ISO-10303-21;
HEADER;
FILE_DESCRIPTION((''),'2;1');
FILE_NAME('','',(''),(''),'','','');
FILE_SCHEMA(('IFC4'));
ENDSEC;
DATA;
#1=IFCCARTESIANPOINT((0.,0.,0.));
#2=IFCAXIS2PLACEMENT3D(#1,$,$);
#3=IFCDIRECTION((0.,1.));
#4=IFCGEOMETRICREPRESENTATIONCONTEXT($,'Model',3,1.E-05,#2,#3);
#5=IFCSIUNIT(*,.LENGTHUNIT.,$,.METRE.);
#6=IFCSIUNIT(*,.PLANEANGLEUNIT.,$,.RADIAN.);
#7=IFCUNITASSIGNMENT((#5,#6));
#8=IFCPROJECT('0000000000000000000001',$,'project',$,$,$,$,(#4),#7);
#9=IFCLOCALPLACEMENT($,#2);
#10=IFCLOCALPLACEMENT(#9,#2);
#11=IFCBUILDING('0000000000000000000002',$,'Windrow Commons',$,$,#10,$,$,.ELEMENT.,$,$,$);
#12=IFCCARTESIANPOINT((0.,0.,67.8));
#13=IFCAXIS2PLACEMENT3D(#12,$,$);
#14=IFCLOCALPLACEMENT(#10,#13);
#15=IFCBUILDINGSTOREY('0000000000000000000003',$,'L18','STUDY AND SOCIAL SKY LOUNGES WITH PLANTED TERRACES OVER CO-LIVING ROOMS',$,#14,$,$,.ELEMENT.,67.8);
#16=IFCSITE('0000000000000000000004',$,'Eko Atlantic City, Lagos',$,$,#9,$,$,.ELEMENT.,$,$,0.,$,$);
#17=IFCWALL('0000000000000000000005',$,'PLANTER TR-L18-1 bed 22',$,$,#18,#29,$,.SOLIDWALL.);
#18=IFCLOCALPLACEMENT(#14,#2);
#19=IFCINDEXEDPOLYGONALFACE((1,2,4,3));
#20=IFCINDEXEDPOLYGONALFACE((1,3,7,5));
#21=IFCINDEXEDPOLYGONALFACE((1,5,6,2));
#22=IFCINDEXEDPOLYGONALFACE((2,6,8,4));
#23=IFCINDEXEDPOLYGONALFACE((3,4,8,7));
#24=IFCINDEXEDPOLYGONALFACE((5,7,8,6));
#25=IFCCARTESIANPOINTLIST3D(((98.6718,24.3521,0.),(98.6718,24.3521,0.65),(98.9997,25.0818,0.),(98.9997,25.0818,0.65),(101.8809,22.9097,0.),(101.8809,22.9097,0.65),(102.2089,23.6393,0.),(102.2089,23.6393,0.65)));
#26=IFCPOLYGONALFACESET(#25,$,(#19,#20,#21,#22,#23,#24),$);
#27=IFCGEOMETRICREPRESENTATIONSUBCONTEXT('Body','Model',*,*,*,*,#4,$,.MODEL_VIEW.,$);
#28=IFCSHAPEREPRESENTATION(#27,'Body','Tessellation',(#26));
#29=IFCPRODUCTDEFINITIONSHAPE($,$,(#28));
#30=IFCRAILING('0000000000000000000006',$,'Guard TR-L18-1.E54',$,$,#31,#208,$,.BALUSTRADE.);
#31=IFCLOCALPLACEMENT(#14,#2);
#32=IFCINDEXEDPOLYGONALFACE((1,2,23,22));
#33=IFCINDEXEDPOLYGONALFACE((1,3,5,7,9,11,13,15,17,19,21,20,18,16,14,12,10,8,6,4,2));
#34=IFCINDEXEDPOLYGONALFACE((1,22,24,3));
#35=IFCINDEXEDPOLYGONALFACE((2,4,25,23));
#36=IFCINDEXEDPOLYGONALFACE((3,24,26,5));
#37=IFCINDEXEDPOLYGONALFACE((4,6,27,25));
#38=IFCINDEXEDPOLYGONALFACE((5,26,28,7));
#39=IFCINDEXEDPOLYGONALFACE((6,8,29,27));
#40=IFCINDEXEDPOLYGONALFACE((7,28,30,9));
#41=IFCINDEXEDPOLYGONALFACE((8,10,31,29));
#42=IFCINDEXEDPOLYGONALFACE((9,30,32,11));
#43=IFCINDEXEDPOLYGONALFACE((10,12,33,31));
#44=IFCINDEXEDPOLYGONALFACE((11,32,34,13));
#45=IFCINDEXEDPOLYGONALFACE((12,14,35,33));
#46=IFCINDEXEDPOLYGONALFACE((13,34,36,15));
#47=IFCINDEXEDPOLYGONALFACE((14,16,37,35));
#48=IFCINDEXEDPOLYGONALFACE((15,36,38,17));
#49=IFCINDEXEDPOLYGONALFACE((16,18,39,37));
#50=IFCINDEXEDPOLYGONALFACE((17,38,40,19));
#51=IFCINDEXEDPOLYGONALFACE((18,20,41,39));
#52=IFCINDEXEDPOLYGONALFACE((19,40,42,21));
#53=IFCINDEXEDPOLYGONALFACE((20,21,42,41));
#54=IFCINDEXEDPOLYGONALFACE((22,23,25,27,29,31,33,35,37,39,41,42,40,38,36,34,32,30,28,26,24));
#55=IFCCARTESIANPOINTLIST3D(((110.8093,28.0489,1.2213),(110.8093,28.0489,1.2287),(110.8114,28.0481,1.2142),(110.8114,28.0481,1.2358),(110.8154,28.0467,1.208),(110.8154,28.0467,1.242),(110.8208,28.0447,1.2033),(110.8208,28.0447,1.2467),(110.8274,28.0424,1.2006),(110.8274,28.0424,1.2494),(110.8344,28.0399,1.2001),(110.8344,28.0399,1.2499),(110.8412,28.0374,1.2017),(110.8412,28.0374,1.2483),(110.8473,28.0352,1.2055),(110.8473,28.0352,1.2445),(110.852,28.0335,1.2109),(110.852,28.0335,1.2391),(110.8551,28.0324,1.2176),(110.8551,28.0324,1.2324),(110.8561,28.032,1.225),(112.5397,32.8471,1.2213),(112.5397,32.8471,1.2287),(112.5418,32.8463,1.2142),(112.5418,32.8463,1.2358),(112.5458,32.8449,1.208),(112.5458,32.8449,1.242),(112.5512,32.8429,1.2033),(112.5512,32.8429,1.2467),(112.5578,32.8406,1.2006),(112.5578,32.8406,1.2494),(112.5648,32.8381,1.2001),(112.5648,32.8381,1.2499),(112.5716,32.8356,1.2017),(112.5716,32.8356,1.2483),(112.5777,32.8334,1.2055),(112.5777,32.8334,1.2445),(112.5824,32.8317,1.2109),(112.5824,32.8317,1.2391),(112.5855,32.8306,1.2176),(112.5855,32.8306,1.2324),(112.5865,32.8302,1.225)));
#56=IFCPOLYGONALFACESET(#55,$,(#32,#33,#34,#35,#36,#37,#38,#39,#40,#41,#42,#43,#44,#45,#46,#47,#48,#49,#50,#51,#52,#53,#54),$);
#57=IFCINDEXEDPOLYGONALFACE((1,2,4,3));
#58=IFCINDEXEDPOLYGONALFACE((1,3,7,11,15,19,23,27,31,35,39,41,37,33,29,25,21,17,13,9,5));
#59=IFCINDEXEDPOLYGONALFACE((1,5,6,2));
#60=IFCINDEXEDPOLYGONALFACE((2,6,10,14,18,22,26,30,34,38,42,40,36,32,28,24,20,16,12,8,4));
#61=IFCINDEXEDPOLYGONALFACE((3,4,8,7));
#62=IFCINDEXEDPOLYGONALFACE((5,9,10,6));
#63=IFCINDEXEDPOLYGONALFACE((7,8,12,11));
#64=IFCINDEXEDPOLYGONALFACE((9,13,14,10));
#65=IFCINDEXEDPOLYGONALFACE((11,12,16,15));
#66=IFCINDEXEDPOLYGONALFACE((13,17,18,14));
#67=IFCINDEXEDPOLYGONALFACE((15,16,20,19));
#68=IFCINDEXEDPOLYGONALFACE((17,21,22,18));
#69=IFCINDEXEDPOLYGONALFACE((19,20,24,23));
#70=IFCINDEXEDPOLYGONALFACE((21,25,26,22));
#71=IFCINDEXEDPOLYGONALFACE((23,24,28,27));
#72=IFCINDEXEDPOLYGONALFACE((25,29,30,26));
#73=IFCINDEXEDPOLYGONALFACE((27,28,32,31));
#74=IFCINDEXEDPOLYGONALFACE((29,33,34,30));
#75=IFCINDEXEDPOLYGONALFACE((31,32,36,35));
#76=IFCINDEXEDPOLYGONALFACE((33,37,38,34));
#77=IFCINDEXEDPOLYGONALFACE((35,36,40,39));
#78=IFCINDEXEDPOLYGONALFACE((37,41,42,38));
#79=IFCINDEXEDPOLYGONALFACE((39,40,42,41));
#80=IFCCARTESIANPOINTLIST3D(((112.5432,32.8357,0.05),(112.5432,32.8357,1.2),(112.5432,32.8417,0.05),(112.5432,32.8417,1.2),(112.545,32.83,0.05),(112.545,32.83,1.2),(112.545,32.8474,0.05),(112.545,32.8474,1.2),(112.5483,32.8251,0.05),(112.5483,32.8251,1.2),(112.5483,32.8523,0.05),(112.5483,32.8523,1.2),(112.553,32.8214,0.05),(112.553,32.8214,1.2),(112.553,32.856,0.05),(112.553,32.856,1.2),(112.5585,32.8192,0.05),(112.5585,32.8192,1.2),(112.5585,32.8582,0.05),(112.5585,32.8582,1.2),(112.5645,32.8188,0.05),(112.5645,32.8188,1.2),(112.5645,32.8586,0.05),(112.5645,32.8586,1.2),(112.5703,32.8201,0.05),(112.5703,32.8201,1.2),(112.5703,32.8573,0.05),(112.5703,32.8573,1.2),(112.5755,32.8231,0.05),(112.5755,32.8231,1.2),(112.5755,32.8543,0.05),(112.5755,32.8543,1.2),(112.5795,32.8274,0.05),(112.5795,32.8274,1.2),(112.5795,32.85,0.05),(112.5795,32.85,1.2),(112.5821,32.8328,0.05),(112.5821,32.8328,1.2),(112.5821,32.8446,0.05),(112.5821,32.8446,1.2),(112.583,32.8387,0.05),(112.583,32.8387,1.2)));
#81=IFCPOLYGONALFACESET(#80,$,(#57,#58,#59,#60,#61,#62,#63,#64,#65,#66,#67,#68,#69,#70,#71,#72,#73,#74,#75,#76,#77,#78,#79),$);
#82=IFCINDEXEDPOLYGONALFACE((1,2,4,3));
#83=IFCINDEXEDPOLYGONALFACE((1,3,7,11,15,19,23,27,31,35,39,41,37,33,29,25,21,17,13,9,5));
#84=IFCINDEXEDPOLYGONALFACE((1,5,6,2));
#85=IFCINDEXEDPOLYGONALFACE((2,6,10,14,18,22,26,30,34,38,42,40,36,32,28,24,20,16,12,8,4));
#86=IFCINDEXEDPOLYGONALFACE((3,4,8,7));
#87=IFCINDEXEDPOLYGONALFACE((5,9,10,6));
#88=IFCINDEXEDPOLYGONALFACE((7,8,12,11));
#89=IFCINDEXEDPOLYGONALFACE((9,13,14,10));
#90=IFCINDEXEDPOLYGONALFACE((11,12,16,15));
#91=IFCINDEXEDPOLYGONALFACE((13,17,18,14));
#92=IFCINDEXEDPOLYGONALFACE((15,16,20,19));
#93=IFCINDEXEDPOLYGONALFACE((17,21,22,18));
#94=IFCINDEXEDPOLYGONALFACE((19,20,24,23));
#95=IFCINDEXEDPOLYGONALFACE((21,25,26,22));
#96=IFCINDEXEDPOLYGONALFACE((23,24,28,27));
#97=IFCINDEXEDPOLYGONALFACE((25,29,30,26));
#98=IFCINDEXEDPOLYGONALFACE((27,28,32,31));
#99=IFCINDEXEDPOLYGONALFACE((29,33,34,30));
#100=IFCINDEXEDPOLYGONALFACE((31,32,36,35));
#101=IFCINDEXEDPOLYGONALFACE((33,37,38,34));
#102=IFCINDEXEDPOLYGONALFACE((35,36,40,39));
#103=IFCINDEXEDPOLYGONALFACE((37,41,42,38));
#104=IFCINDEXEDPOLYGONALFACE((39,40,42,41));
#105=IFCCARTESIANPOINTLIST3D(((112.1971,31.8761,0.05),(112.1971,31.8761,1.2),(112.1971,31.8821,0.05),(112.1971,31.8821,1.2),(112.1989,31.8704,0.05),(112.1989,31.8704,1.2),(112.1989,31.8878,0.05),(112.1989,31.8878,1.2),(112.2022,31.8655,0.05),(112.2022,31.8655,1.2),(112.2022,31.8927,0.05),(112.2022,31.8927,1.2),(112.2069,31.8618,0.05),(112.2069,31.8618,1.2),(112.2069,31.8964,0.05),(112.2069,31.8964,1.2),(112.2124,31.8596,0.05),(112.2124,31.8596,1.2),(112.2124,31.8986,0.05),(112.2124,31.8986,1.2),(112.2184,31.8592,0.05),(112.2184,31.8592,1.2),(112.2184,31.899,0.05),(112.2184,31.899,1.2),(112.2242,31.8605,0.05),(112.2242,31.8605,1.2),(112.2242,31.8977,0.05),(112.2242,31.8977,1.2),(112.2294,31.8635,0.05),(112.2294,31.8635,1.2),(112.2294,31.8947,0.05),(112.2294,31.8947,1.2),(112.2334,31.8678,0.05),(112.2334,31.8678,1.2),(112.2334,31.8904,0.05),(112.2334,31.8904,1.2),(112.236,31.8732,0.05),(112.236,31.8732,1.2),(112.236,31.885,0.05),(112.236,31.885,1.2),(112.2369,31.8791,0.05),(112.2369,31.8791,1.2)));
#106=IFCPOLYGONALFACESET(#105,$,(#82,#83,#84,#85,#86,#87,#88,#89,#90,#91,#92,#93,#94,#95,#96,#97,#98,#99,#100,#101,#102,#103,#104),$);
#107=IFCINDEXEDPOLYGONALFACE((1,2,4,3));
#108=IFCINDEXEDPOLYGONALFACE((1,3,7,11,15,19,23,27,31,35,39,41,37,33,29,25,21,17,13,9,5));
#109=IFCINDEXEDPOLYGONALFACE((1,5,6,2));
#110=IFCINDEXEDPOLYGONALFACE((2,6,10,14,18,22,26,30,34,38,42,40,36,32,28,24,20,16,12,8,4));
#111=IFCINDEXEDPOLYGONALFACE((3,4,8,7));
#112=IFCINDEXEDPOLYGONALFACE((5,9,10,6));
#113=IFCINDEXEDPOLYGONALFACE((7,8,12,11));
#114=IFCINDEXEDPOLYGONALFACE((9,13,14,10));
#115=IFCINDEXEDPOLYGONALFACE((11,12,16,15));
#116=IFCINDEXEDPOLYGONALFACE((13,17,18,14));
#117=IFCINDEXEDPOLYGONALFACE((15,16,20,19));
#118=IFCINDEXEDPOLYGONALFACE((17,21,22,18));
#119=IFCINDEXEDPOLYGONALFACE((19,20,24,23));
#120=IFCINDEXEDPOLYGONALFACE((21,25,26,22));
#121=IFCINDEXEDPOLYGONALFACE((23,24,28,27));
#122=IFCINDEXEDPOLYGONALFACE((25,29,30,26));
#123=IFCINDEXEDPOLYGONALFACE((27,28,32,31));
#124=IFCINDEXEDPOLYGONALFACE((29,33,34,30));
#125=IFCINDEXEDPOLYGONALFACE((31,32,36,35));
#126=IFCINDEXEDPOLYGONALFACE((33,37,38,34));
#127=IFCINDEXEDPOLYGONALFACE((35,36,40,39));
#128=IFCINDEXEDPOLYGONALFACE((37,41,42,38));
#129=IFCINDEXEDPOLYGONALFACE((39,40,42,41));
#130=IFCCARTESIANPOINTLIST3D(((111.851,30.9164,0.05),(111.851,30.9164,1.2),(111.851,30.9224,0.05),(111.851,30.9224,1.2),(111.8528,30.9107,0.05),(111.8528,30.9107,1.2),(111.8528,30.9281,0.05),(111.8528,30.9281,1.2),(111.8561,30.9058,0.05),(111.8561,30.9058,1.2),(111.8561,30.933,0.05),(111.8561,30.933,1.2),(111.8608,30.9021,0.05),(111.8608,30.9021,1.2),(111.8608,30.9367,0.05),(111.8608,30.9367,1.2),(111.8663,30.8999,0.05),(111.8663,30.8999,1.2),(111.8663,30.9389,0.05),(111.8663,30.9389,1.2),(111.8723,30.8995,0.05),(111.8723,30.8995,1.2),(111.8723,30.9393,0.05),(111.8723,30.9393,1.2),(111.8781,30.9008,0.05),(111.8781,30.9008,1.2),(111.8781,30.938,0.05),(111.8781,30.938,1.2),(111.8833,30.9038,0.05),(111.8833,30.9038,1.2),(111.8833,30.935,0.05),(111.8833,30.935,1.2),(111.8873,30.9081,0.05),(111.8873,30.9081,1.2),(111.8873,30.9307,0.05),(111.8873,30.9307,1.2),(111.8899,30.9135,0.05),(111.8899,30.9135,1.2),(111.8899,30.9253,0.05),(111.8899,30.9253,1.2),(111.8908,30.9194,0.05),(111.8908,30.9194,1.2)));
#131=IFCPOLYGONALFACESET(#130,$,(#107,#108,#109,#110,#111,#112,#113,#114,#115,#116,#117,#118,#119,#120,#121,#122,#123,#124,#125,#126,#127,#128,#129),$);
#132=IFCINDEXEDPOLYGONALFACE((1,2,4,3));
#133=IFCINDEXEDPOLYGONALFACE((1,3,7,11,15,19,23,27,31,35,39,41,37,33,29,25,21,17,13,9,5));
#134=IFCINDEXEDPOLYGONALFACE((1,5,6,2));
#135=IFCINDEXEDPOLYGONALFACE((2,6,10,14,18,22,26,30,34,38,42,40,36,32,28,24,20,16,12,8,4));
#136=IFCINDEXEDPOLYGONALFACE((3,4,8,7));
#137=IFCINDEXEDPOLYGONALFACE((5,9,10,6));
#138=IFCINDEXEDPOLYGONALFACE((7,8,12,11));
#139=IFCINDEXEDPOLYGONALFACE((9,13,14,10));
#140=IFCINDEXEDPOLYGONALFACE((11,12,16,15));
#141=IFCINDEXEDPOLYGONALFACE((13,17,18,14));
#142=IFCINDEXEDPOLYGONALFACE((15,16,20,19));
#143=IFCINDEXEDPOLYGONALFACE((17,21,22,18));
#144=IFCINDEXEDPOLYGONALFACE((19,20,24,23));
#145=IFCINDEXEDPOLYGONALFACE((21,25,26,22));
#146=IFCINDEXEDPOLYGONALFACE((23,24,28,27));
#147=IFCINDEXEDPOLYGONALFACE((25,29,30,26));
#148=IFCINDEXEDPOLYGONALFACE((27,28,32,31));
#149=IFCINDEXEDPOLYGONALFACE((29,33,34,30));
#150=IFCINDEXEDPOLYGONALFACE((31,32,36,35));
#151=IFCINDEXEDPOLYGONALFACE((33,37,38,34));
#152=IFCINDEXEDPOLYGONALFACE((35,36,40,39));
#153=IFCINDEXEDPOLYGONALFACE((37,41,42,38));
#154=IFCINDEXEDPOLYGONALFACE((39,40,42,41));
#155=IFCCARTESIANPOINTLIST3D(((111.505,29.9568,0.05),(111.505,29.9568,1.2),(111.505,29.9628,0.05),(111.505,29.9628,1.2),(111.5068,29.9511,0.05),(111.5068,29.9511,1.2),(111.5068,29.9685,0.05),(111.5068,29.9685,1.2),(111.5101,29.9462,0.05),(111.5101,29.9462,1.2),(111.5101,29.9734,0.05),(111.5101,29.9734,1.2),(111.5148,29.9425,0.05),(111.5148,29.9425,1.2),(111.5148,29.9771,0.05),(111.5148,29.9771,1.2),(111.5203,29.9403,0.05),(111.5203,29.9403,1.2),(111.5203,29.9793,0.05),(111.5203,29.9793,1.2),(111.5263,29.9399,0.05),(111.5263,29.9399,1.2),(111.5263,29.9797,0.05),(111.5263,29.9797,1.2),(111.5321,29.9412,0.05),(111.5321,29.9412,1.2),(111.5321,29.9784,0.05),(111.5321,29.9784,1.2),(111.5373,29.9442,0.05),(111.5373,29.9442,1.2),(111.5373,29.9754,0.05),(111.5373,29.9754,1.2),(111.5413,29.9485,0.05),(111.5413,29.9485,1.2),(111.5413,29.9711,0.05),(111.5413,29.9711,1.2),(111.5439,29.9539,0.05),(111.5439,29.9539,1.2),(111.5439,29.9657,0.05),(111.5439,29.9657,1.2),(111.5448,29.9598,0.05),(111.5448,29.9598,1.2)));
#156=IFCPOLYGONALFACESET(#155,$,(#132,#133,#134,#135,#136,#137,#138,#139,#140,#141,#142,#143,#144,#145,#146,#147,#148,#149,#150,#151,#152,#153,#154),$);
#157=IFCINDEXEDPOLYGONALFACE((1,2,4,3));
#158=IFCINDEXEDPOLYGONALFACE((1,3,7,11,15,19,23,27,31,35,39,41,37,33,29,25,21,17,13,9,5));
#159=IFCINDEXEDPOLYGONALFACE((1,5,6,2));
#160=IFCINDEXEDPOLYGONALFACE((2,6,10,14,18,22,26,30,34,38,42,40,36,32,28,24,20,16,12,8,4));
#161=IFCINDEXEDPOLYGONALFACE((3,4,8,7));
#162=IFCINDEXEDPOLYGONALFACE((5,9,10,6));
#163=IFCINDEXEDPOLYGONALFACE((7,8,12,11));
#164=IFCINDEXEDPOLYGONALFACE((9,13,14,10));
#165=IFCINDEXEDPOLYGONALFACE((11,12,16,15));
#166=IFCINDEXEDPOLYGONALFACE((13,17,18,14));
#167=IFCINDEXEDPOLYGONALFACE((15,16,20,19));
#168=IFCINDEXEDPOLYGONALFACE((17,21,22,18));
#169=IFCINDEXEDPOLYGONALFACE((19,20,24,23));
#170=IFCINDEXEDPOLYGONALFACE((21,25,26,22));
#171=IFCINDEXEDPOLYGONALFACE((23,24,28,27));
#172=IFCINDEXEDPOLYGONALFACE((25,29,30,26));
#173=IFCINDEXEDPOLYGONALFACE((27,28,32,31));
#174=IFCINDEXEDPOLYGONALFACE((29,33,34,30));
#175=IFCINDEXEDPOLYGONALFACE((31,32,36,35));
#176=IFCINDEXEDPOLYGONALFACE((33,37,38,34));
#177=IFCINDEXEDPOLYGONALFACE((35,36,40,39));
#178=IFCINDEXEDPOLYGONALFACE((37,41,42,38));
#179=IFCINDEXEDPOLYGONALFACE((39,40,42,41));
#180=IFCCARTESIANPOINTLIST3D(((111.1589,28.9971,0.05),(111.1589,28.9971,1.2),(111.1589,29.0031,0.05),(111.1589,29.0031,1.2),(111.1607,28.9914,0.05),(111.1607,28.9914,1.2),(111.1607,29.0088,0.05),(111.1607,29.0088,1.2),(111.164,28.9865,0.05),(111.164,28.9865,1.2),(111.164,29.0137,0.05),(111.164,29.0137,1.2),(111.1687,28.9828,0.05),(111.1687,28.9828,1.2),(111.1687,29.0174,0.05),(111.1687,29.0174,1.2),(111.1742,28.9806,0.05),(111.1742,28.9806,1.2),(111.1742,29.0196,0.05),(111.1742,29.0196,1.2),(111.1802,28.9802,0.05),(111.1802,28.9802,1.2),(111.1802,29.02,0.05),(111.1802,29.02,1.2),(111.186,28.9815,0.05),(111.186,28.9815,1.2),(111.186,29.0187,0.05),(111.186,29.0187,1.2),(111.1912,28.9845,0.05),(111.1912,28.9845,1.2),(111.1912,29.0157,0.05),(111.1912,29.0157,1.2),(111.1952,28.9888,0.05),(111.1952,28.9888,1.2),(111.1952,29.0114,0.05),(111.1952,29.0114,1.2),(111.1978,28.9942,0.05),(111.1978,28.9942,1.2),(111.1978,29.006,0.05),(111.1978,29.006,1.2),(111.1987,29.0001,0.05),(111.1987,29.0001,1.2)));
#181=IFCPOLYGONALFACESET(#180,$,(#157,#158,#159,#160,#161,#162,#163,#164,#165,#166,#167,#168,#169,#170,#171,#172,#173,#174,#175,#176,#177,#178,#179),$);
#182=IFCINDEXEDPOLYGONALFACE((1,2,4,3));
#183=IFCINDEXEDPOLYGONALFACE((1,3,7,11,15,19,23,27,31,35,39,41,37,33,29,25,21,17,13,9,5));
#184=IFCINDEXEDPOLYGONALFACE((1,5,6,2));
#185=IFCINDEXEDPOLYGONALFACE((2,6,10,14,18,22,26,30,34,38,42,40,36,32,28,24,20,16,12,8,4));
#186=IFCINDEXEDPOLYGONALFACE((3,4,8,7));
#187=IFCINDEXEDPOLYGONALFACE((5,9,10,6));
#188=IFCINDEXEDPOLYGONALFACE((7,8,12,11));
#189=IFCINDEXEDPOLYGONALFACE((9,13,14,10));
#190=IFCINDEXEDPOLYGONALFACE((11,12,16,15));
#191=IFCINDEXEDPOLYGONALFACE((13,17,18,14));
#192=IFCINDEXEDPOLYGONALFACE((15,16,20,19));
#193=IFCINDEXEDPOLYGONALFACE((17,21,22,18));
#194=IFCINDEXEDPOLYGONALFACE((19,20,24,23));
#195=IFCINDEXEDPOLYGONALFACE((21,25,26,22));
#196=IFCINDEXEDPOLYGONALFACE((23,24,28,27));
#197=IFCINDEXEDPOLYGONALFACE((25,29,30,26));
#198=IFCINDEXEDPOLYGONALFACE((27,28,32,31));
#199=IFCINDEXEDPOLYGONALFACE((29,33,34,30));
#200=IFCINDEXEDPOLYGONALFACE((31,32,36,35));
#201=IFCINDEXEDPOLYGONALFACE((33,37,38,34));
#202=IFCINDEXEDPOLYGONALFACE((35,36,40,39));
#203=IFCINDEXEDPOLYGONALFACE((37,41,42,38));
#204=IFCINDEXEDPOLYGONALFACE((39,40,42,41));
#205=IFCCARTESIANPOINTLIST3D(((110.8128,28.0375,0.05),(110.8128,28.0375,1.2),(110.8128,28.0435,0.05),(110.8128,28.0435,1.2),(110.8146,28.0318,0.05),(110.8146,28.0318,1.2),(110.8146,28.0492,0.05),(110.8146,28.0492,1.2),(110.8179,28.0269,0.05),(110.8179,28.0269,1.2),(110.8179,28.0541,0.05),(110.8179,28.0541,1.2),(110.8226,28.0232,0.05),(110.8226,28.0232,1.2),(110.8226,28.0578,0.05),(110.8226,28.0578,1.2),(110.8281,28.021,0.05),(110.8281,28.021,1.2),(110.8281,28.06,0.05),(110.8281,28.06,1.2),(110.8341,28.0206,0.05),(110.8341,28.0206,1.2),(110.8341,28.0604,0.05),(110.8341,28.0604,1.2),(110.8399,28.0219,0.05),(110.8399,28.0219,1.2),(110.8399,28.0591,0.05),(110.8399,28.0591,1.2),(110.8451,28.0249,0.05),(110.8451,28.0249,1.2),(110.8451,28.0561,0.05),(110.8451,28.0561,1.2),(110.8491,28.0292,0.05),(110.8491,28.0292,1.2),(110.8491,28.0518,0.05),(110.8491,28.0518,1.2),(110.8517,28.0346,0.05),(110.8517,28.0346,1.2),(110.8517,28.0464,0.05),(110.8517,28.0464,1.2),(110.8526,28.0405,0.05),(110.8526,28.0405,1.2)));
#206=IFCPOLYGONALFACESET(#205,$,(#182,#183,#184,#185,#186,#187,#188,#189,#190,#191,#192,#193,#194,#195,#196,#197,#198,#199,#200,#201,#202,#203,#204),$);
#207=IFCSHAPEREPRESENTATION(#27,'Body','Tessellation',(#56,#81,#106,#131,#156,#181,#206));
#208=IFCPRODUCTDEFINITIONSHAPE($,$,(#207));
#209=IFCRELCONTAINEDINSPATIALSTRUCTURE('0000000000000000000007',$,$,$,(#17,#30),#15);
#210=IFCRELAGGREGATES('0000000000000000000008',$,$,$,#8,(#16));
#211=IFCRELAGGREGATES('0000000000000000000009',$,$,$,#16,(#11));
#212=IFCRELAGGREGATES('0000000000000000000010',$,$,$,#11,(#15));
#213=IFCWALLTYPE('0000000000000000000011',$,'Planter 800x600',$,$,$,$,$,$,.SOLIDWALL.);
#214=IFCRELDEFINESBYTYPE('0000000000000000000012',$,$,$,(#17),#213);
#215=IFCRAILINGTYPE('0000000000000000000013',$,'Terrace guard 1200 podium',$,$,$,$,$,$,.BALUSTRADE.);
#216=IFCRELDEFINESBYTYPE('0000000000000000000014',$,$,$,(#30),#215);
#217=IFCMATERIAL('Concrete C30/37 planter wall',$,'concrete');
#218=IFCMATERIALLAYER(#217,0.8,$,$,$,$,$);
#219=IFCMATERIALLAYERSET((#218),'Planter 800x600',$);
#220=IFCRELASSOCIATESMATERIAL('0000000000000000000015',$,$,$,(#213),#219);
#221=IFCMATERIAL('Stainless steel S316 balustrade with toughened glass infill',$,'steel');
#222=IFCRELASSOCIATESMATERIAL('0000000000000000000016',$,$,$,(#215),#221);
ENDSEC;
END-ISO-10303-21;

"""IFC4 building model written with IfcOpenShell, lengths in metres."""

from ifc_helpers import new_model, si_unit, direction, frame, frame_2d, origin, origin_2d, place, context, subcontext, project, spatial, rectangle, circle, extrude, material, layer, layer_set, type_object, element, save


model = new_model("IFC4")

# Units and contexts
model_context = context("Model", 3, precision=1e-05, world=origin(), true_north=direction((0.0, 1.0)))
body_context = subcontext(model_context, "Body", "Model", "MODEL_VIEW")
ifc_project = project(units=[si_unit("LENGTHUNIT", "METRE"), si_unit("PLANEANGLEUNIT", "RADIAN")], contexts=[model_context])

# Site, building, storey
site_placement = place(None, origin())
site = spatial("IfcSite", under=ifc_project, at=site_placement, Name="Eko Atlantic City, Lagos", CompositionType="ELEMENT", RefElevation=0.0)
building_placement = place(site_placement, origin())
building = spatial("IfcBuilding", under=site, at=building_placement, Name="Windrow Commons", CompositionType="ELEMENT")
storey_placement = place(building_placement, frame((0.0, 0.0, 67.8)))
storey = spatial("IfcBuildingStorey", under=building, at=storey_placement, Name="L18", Description="STUDY AND SOCIAL SKY LOUNGES WITH PLANTED TERRACES OVER CO-LIVING ROOMS", CompositionType="ELEMENT", Elevation=67.8)

# Wall
ifc_material_1 = material(Name="Concrete C30/37 planter wall", Category="concrete")
ifc_layer_1 = layer(ifc_material_1, 0.8)
ifc_layer_set_1 = layer_set([ifc_layer_1], Name="Planter 800x600")
wall_type_1 = type_object("IfcWallType", Name="Planter 800x600", PredefinedType="SOLIDWALL", material=ifc_layer_set_1)
wall_1_placement = place(storey_placement, frame((102.0449, 23.2745, 0.0), z_axis=(0.0, 0.0, 1.0), x_axis=(-0.912102, 0.409964, 0.0)))
element("IfcWall", 1, at=wall_1_placement, inside=storey, type_object=wall_type_1, Name="PLANTER TR-L18-1 bed 22", PredefinedType="SOLIDWALL", context=body_context, shape_type="SweptSolid", body=[
    extrude(rectangle(XDim=3.5184, YDim=0.8, at=frame_2d((1.7592, 0.0))), origin(), (0.0, 0.0, 1.0), 0.65),
])

# Railing
ifc_material_2 = material(Name="Stainless steel S316 balustrade with toughened glass infill", Category="steel")
railing_type = type_object("IfcRailingType", Name="Terrace guard 1200 podium", PredefinedType="BALUSTRADE", material=ifc_material_2)
railing_1_placement = place(storey_placement, frame((112.563, 32.8387, 0.05)))
element("IfcRailing", 2, at=railing_1_placement, inside=storey, type_object=railing_type, Name="Guard TR-L18-1.E54", PredefinedType="BALUSTRADE", context=body_context, shape_type="SweptSolid", body=[
    extrude(circle(Radius=0.025, at=origin_2d()), frame((0.0, 0.0, 1.175), z_axis=(-0.339248, -0.940697, 0.0), x_axis=(0.940697, -0.339248, 0.0)), (0.0, 0.0, 1.0), 5.1007),
    extrude(circle(Radius=0.02, at=origin_2d()), origin(), (0.0, 0.0, 1.0), 1.15),
    extrude(circle(Radius=0.02, at=origin_2d()), frame((-0.3461, -0.9596, 0.0)), (0.0, 0.0, 1.0), 1.15),
    extrude(circle(Radius=0.02, at=origin_2d()), frame((-0.6922, -1.9193, 0.0)), (0.0, 0.0, 1.0), 1.15),
    extrude(circle(Radius=0.02, at=origin_2d()), frame((-1.0382, -2.8789, 0.0)), (0.0, 0.0, 1.0), 1.15),
    extrude(circle(Radius=0.02, at=origin_2d()), frame((-1.3843, -3.8386, 0.0)), (0.0, 0.0, 1.0), 1.15),
    extrude(circle(Radius=0.02, at=origin_2d()), frame((-1.7304, -4.7982, 0.0)), (0.0, 0.0, 1.0), 1.15),
])

save(model, "model.ifc")
